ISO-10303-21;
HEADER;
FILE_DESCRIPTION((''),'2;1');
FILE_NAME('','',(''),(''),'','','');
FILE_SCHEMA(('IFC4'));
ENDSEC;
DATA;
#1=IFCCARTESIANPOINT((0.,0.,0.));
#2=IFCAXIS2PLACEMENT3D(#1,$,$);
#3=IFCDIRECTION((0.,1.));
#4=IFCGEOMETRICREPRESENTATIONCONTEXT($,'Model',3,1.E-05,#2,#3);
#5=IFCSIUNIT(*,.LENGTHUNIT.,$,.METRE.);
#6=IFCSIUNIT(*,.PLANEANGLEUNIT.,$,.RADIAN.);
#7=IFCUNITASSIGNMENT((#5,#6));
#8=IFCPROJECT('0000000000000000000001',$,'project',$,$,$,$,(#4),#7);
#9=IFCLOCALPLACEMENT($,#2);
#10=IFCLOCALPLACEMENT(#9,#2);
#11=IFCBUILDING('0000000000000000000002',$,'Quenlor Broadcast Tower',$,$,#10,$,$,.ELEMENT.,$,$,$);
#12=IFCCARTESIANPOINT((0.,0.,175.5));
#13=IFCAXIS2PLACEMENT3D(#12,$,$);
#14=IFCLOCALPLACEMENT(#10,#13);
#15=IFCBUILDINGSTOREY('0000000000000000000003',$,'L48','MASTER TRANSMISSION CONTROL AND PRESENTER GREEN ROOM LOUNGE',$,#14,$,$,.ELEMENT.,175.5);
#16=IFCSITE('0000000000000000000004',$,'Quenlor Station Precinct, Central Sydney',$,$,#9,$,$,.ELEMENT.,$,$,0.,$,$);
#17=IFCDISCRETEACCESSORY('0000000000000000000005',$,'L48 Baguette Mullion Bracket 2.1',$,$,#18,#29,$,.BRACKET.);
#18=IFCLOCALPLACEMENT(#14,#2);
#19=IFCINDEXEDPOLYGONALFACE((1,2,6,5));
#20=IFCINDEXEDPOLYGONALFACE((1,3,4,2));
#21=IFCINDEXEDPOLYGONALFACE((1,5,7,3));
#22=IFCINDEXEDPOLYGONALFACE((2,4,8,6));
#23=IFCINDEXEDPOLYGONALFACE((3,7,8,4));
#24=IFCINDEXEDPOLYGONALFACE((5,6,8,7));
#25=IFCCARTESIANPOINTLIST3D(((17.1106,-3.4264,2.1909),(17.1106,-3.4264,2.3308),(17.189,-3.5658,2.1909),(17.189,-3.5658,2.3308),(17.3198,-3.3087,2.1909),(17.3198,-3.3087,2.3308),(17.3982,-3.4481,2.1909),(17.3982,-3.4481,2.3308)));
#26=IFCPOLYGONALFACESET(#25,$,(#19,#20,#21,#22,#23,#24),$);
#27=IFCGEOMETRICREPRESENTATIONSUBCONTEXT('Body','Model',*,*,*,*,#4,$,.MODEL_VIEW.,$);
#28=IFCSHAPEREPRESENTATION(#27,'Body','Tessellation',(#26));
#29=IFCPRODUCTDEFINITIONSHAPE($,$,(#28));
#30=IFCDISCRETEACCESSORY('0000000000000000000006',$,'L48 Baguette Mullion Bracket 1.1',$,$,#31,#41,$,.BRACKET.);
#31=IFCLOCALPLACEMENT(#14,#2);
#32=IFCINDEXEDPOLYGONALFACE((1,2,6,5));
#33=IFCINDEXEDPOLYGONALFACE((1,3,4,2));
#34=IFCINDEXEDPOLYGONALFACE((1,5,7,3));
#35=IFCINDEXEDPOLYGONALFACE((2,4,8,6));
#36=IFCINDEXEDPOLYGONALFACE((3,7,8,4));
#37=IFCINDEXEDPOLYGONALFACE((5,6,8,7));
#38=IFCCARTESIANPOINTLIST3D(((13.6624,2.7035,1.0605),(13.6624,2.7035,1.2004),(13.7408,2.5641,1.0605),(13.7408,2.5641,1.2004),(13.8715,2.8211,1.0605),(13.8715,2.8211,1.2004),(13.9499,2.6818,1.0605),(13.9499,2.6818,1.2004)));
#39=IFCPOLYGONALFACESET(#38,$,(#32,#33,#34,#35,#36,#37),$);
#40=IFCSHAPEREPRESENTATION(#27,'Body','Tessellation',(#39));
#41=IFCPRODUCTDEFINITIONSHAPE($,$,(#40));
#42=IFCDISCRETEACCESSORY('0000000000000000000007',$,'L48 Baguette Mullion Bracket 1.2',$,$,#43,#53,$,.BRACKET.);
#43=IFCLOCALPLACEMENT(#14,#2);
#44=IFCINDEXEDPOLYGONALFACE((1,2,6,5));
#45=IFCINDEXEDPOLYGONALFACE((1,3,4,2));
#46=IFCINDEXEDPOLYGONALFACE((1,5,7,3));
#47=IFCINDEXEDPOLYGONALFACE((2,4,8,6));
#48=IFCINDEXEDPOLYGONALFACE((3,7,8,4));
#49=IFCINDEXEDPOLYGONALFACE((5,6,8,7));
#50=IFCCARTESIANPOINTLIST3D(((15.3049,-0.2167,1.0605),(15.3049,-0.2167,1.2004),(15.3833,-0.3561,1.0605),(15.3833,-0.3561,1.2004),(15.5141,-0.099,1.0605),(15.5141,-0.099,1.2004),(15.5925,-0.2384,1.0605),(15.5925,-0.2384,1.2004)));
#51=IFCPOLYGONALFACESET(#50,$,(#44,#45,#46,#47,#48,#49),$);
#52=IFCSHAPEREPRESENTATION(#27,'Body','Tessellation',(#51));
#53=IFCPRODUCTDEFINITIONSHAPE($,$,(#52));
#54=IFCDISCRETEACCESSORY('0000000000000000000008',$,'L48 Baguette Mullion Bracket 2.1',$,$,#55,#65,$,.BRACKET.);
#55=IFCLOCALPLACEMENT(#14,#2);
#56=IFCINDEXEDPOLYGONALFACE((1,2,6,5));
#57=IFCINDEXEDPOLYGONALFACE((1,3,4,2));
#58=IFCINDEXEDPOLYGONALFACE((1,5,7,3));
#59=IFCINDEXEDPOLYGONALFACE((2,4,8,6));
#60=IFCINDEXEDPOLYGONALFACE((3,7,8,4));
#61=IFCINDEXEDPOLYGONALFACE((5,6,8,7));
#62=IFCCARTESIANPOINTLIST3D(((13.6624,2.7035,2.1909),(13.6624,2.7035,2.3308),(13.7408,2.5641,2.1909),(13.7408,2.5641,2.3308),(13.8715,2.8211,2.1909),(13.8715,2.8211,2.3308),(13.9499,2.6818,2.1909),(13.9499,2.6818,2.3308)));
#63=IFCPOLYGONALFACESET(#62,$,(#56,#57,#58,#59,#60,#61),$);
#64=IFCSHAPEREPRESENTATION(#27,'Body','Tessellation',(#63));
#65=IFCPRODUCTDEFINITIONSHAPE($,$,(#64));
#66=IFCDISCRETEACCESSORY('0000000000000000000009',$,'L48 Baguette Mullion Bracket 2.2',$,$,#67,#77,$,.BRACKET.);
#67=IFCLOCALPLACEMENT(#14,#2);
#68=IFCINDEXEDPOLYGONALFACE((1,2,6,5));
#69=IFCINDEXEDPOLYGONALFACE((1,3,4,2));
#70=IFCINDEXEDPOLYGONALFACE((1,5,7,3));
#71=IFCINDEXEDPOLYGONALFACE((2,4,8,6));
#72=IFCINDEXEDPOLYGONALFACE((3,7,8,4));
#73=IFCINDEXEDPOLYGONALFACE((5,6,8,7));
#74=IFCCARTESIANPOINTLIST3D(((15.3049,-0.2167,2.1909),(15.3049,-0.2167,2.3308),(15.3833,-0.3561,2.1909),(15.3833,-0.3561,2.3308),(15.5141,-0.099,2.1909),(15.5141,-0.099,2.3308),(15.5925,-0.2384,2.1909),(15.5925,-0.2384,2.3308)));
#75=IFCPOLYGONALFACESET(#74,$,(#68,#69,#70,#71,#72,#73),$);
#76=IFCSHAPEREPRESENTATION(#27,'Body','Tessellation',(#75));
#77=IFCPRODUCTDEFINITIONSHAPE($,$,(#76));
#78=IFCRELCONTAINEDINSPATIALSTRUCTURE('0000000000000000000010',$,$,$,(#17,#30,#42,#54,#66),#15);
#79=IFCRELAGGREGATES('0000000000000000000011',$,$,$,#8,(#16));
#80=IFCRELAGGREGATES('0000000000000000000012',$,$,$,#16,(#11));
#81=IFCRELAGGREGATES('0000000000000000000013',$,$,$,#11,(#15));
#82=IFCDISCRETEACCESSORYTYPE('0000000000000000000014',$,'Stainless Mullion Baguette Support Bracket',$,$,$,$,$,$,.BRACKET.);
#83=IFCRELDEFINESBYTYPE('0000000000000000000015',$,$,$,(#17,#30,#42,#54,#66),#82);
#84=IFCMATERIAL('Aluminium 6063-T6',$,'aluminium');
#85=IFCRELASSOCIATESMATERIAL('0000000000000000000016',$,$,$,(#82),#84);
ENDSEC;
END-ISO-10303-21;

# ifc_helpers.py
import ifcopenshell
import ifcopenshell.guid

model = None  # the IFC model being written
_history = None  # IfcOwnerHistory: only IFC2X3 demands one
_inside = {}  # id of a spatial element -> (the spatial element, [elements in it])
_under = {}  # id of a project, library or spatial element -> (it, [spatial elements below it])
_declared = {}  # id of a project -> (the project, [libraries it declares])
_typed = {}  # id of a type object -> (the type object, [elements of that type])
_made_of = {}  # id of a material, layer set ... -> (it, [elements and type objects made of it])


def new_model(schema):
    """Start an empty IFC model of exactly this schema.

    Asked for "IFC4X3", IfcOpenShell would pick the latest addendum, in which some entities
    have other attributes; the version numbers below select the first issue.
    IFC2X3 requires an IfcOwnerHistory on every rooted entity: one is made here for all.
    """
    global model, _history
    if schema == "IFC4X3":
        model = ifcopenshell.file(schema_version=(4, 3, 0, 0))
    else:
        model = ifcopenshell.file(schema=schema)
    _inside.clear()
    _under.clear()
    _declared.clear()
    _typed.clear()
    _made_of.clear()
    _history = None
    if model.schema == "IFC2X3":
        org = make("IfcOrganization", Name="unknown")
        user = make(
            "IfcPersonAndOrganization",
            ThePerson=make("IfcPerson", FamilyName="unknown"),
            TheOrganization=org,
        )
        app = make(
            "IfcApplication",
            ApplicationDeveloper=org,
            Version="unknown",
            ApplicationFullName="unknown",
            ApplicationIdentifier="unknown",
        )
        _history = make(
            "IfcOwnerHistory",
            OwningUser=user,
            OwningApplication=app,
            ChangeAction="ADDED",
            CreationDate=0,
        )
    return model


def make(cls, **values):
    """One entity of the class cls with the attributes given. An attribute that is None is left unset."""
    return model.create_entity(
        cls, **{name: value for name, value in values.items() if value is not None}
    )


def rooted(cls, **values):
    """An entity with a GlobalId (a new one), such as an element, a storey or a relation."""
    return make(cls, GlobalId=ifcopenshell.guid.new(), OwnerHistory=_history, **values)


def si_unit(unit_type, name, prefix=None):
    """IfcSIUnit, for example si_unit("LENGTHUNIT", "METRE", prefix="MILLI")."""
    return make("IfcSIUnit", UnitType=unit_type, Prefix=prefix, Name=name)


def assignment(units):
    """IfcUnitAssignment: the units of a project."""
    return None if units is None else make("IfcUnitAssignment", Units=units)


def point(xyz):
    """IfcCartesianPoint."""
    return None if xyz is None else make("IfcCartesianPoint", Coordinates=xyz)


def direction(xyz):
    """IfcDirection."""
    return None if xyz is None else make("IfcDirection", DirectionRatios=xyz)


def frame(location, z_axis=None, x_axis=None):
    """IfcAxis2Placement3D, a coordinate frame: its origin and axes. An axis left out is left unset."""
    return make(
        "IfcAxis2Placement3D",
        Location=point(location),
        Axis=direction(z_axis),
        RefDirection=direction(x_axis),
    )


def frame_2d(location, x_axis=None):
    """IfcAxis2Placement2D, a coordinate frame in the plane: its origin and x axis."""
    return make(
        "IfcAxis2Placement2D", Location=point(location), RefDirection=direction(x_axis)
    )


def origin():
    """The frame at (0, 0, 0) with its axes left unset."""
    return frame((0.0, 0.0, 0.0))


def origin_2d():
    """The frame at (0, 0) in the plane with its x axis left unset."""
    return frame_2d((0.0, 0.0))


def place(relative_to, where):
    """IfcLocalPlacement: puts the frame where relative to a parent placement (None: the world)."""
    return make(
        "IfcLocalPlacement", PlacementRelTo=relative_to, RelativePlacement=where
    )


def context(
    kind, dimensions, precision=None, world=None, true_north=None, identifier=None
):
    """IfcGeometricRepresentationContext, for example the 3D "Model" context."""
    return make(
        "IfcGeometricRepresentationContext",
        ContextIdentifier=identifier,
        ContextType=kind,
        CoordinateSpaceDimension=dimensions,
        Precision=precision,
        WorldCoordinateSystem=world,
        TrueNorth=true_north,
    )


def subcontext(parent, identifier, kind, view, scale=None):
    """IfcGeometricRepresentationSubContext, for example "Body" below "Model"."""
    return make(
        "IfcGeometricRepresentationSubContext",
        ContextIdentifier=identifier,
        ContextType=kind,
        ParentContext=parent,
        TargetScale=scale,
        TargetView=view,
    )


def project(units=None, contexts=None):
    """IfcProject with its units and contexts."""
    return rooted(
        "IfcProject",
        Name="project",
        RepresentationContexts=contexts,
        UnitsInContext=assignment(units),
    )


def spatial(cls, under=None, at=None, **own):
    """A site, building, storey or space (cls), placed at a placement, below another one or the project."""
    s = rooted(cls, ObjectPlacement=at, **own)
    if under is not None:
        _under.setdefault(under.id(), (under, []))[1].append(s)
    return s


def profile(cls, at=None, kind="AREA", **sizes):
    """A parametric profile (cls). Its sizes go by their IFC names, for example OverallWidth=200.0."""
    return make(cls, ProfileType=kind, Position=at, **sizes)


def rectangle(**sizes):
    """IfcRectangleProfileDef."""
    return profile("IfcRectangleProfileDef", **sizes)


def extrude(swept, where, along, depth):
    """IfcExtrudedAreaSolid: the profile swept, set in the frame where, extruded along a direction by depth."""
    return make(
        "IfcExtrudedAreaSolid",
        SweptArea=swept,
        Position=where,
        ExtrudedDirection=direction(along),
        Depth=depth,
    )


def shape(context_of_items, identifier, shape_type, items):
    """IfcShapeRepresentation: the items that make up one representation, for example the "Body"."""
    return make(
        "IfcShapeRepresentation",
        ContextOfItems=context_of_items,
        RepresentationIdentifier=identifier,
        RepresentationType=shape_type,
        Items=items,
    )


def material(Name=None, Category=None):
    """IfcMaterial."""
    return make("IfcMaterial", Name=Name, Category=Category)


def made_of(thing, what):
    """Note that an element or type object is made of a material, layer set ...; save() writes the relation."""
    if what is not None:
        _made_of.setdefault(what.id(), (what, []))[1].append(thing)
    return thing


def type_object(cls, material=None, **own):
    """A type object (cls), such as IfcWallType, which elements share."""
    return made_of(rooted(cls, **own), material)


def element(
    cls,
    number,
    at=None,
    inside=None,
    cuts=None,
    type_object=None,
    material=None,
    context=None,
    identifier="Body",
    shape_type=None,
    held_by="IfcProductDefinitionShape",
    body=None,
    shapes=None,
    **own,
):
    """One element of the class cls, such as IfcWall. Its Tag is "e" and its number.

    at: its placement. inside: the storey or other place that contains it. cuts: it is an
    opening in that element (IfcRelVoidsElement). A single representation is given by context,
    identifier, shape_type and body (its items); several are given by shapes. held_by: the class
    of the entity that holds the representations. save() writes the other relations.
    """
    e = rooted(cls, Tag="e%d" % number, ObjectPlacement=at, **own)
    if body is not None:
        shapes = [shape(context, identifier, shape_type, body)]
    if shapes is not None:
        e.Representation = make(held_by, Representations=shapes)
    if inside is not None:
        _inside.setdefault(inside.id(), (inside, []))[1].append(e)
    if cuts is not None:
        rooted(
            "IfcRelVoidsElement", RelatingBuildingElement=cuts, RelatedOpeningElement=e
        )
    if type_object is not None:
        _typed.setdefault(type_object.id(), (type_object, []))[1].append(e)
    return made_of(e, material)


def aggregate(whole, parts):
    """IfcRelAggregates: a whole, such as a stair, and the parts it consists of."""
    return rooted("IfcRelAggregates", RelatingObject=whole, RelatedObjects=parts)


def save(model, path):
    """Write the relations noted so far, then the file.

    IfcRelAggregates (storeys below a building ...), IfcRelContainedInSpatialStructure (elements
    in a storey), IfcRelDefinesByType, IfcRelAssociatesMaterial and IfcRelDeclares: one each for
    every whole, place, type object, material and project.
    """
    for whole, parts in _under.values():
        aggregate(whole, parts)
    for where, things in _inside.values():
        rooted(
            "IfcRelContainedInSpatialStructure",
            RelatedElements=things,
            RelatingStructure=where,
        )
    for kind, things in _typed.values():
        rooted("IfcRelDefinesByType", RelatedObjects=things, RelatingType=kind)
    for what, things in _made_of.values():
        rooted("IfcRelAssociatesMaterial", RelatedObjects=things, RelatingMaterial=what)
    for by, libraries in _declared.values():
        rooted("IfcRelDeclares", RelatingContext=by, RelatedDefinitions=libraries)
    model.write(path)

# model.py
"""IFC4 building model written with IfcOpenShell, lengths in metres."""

from ifc_helpers import new_model, si_unit, direction, frame, origin, origin_2d, place, context, subcontext, project, spatial, rectangle, extrude, material, type_object, element, save


model = new_model("IFC4")

# Units and contexts
model_context = context("Model", 3, precision=1e-05, world=origin(), true_north=direction((0.0, 1.0)))
body_context = subcontext(model_context, "Body", "Model", "MODEL_VIEW")
ifc_project = project(units=[si_unit("LENGTHUNIT", "METRE"), si_unit("PLANEANGLEUNIT", "RADIAN")], contexts=[model_context])

# Site, building, storey
site_placement = place(None, origin())
site = spatial("IfcSite", under=ifc_project, at=site_placement, Name="Quenlor Station Precinct, Central Sydney", CompositionType="ELEMENT", RefElevation=0.0)
building_placement = place(site_placement, origin())
building = spatial("IfcBuilding", under=site, at=building_placement, Name="Quenlor Broadcast Tower", CompositionType="ELEMENT")
storey_placement = place(building_placement, frame((0.0, 0.0, 175.5)))
storey = spatial("IfcBuildingStorey", under=building, at=storey_placement, Name="L48", Description="MASTER TRANSMISSION CONTROL AND PRESENTER GREEN ROOM LOUNGE", CompositionType="ELEMENT", Elevation=175.5)

# Discrete accessories
ifc_material_1 = material(Name="Aluminium 6063-T6", Category="aluminium")
discrete_accessory_type = type_object("IfcDiscreteAccessoryType", Name="Stainless Mullion Baguette Support Bracket", PredefinedType="BRACKET", material=ifc_material_1)
for number, where, z_axis, x_axis, name in (
    (1, (17.2544, -3.4373, 2.1909), (0.0, 0.0, 1.0), (0.490259, -0.871577, 0.0), "L48 Baguette Mullion Bracket 2.1"),
    (2, (13.8062, 2.6926, 1.0605), (0.0, 0.0, 1.0), (0.490268, -0.871572, 0.0), "L48 Baguette Mullion Bracket 1.1"),
    (3, (15.4487, -0.2275, 1.0605), (0.0, 0.0, 1.0), (0.490268, -0.871572, 0.0), "L48 Baguette Mullion Bracket 1.2"),
    (4, (13.8062, 2.6926, 2.1909), (0.0, 0.0, 1.0), (0.490268, -0.871572, 0.0), "L48 Baguette Mullion Bracket 2.1"),
    (5, (15.4487, -0.2275, 2.1909), (0.0, 0.0, 1.0), (0.490268, -0.871572, 0.0), "L48 Baguette Mullion Bracket 2.2"),
):
    element("IfcDiscreteAccessory", number, at=place(storey_placement, frame(where, z_axis=z_axis, x_axis=x_axis)), inside=storey, type_object=discrete_accessory_type, Name=name, PredefinedType="BRACKET", context=body_context, shape_type="SweptSolid", body=[
        extrude(rectangle(XDim=0.1599, YDim=0.24, at=origin_2d()), origin(), (0.0, 0.0, 1.0), 0.1399),
    ])

save(model, "model.ifc")
